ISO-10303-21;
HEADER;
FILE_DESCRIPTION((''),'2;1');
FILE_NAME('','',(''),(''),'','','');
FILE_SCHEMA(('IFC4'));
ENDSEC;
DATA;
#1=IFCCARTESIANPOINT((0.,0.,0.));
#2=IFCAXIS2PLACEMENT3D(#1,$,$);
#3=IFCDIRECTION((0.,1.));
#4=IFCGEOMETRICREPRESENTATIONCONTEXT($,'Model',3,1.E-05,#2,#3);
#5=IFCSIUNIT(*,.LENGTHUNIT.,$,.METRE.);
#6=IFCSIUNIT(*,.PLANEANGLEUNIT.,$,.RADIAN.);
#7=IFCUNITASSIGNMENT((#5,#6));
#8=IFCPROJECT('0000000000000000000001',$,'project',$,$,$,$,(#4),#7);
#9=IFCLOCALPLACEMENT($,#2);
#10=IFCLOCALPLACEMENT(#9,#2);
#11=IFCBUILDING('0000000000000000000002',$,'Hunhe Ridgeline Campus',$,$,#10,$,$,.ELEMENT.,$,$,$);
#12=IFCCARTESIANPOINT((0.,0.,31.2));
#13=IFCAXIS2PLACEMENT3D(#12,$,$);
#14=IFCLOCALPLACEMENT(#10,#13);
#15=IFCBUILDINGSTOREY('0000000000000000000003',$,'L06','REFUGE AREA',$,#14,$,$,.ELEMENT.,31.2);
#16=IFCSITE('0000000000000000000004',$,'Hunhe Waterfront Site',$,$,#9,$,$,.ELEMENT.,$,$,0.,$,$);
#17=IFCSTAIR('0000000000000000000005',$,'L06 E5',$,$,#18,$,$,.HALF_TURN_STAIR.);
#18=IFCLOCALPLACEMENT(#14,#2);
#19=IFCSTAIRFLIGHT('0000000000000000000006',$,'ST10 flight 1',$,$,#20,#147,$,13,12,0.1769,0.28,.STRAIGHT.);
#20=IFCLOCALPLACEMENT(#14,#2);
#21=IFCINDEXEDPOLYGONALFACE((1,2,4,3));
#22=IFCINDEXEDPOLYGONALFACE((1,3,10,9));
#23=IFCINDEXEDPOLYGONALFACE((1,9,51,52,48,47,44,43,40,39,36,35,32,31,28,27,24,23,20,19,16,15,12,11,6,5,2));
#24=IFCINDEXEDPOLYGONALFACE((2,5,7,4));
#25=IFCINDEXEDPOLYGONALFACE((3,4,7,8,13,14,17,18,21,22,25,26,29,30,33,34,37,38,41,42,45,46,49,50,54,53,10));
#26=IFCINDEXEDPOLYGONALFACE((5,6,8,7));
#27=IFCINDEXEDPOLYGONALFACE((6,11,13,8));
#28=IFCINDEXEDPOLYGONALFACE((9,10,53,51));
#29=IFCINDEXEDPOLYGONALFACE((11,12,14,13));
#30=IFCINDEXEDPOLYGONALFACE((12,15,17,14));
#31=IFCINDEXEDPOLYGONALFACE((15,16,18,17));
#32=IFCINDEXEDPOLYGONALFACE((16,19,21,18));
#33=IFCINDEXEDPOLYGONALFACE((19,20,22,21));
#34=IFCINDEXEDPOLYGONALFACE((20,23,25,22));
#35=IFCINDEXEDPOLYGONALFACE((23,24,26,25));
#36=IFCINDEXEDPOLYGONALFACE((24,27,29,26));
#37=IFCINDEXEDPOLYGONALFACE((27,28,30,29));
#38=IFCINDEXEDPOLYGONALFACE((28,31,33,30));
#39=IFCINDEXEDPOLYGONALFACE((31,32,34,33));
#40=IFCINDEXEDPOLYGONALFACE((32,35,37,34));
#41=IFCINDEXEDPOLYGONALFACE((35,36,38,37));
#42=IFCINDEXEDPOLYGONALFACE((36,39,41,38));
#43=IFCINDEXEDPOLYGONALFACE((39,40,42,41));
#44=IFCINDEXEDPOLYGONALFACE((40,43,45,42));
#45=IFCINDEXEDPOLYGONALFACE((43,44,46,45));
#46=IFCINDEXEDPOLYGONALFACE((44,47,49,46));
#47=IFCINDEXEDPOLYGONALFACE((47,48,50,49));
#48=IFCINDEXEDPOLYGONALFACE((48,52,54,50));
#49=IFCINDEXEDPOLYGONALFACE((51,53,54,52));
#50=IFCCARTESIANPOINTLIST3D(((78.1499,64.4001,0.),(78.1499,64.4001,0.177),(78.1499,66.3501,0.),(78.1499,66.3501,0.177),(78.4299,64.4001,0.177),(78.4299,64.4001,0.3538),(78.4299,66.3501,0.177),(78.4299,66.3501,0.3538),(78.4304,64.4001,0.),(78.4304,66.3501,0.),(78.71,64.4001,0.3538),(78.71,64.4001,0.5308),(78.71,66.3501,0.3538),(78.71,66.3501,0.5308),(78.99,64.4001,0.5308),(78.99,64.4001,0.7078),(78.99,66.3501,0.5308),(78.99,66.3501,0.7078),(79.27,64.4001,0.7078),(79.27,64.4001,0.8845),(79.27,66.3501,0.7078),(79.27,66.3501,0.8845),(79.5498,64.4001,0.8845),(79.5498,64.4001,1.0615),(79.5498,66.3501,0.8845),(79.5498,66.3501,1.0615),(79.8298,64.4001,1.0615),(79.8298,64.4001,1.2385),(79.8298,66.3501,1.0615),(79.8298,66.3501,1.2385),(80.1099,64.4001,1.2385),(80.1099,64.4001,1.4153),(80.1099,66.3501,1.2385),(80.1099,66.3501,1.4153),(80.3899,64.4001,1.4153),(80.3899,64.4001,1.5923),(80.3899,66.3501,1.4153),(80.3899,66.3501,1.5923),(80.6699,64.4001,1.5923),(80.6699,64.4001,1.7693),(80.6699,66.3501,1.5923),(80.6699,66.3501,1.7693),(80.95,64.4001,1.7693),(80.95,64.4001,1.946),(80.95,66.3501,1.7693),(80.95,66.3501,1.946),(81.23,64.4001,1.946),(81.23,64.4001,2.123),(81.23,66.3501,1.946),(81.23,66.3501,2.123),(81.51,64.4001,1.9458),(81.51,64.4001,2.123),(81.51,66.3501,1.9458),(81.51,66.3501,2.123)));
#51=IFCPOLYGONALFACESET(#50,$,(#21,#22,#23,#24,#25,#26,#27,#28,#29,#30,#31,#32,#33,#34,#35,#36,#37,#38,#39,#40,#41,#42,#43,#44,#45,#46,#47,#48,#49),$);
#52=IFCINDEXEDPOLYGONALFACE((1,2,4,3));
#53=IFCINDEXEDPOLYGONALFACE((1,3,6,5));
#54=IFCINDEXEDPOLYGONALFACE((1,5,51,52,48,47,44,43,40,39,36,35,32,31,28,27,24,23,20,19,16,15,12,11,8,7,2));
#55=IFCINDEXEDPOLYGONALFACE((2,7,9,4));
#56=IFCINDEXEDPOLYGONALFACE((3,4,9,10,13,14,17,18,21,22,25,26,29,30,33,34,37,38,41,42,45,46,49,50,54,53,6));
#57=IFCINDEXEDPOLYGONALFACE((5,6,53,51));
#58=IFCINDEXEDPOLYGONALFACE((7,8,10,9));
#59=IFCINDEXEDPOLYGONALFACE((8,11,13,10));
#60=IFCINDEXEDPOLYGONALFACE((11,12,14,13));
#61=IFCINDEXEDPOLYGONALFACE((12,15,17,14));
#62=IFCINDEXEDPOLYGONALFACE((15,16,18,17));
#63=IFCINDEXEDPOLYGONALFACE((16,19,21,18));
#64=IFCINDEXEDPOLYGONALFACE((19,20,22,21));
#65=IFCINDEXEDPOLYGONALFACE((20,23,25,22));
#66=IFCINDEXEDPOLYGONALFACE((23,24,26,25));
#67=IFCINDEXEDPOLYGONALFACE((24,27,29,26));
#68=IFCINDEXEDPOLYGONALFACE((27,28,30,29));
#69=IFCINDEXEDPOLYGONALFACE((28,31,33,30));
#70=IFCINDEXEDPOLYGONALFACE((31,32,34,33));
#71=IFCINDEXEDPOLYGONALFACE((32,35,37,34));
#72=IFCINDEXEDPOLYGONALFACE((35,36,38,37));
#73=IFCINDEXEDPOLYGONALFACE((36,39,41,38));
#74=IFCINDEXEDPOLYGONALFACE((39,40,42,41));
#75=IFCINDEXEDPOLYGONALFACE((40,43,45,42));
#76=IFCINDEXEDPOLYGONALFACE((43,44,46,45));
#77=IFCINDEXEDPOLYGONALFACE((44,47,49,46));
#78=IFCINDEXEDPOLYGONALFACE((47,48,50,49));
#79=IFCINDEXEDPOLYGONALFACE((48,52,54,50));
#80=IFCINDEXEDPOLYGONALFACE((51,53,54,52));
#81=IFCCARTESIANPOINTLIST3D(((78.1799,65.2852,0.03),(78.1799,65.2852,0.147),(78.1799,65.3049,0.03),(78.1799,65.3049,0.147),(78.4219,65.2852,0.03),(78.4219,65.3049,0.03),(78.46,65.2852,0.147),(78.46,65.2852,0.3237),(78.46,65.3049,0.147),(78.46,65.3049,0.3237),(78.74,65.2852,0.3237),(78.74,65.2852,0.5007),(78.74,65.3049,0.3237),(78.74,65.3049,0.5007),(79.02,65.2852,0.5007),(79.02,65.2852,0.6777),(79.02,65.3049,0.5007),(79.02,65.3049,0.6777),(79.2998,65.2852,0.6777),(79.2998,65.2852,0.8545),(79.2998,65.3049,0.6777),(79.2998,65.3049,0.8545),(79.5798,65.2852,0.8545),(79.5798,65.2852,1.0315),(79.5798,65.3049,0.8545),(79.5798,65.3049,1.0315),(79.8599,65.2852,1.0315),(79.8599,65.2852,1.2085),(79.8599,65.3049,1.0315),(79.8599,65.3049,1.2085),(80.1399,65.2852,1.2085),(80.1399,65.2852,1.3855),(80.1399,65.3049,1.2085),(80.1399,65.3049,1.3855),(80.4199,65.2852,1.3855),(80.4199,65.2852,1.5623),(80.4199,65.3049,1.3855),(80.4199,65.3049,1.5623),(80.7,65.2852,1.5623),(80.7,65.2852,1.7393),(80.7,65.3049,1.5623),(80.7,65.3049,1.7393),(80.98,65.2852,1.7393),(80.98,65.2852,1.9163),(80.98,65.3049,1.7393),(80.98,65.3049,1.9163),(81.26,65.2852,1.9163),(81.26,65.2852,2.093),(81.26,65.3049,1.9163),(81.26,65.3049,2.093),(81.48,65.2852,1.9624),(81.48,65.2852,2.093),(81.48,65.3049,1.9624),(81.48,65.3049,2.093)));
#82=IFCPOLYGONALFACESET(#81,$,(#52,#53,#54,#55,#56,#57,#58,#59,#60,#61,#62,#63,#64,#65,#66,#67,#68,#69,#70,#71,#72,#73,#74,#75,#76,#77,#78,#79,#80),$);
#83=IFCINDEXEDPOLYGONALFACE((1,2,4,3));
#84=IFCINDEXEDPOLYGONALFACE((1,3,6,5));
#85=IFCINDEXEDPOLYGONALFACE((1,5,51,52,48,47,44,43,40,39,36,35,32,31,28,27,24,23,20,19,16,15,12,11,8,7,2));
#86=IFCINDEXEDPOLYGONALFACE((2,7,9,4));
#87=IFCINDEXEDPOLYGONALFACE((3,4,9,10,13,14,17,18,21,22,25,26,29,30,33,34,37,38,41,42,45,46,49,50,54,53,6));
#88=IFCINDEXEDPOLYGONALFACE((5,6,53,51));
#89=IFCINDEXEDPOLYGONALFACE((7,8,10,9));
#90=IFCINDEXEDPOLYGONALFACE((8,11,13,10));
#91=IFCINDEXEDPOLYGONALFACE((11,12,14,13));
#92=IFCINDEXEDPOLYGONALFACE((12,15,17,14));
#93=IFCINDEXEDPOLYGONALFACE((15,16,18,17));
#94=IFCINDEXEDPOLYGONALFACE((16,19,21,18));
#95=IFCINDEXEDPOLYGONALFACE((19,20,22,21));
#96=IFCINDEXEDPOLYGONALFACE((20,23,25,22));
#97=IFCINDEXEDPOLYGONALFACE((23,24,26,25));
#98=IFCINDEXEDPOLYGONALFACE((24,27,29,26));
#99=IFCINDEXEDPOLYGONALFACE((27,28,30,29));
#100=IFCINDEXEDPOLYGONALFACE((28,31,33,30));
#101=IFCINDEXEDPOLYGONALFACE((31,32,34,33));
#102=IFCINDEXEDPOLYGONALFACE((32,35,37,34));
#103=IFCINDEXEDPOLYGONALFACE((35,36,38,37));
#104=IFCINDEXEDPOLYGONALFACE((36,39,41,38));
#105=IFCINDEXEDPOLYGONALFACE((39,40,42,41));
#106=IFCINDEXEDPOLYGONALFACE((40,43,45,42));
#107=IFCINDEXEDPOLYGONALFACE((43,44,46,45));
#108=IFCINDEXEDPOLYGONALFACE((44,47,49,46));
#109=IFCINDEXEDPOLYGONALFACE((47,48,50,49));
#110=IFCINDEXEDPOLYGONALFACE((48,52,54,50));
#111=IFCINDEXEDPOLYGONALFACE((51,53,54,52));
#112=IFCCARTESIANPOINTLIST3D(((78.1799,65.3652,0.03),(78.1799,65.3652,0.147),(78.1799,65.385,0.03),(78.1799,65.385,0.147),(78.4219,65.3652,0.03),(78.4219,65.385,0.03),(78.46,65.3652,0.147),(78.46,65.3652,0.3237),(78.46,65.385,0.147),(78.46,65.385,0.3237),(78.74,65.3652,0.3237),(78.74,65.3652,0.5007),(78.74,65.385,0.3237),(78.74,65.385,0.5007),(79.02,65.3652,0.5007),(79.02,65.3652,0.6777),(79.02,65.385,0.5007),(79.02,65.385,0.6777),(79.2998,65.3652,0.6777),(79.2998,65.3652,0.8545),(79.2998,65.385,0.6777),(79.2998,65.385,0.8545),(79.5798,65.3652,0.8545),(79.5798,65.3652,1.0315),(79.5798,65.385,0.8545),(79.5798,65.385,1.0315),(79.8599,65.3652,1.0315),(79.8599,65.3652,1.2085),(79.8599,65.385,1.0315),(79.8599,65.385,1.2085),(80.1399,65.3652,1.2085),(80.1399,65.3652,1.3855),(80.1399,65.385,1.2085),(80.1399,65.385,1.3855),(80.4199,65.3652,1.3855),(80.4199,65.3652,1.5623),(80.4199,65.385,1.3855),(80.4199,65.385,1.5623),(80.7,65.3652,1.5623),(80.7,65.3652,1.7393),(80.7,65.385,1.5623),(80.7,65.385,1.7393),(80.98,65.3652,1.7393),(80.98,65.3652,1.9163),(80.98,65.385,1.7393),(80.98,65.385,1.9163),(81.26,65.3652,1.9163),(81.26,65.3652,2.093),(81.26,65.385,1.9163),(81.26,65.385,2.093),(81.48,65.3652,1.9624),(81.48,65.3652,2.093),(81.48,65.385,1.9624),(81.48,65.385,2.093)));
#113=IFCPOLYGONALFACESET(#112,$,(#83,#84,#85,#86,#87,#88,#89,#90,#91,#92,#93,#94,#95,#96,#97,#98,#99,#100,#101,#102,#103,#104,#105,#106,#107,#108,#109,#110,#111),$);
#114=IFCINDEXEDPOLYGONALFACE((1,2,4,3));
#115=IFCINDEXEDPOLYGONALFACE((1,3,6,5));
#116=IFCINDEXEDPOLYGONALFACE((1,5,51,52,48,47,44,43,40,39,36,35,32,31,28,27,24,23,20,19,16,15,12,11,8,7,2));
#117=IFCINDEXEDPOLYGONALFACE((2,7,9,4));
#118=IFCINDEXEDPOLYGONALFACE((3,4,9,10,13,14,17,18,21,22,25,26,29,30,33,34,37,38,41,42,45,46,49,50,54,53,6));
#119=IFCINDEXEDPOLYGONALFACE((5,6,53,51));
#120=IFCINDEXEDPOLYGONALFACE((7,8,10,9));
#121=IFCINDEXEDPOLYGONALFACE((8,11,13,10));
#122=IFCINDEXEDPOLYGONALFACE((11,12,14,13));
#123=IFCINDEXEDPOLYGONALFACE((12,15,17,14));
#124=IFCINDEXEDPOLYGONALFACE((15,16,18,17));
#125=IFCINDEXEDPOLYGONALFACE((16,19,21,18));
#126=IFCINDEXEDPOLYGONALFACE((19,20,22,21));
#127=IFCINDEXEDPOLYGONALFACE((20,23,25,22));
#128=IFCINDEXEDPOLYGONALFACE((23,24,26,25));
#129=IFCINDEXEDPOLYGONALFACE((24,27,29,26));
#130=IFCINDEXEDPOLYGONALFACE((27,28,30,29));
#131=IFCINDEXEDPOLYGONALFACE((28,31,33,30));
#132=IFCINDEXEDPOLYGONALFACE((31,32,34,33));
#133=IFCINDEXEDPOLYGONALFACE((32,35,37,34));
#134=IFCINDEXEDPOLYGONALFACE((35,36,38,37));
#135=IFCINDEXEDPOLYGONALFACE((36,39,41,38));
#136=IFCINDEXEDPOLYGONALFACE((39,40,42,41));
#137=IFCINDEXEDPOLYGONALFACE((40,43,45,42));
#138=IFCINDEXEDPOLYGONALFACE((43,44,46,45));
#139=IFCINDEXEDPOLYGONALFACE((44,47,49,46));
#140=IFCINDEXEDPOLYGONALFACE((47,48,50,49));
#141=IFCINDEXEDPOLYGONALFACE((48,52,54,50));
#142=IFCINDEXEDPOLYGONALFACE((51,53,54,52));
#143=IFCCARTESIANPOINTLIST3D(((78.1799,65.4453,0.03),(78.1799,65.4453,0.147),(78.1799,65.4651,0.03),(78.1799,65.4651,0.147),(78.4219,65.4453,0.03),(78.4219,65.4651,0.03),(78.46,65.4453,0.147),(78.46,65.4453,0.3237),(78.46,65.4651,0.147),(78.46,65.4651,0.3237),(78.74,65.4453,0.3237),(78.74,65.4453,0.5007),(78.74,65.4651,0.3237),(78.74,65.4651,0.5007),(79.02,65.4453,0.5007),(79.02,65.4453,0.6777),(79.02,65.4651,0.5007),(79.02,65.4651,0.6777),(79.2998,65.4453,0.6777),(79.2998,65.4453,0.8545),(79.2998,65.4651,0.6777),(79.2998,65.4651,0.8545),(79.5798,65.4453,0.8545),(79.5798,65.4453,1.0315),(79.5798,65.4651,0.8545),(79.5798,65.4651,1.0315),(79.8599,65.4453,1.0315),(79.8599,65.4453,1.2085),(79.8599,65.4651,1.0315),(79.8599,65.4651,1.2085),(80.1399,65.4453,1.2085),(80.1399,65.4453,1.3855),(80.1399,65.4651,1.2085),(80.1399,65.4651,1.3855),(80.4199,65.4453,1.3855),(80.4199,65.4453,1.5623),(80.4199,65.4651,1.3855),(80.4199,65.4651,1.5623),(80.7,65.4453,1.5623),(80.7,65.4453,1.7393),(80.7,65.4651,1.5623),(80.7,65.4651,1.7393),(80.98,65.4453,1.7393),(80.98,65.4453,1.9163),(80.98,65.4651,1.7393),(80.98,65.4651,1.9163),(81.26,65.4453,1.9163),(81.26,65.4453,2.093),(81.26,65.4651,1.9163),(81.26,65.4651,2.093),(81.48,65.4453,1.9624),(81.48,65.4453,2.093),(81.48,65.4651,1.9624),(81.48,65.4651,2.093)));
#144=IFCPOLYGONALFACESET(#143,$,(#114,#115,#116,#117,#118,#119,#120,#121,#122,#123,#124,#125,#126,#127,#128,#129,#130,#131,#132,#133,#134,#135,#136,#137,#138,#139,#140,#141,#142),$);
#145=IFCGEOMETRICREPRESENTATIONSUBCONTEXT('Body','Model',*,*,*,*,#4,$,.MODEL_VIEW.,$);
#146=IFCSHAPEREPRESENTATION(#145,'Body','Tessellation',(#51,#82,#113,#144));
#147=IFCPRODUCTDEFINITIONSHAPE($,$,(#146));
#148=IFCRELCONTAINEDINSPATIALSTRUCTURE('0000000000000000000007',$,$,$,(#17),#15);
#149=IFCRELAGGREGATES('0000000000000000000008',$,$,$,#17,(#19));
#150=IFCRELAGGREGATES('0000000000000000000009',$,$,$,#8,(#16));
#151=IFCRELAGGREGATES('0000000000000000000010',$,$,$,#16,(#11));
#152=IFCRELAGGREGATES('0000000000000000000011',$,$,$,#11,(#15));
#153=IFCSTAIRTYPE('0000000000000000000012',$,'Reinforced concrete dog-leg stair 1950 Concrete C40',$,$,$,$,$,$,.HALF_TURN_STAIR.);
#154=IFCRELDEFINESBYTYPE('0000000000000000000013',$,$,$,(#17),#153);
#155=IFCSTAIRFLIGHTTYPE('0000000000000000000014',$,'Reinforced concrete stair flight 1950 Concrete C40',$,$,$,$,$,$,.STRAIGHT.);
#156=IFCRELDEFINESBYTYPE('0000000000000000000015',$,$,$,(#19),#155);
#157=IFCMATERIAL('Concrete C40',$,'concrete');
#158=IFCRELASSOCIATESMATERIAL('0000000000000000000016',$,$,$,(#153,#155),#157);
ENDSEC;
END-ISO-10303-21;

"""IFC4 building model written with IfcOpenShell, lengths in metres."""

from ifc_helpers import new_model, si_unit, direction, frame, origin, place, context, subcontext, project, spatial, polyline, outline, extrude, material, type_object, element, aggregate, save


model = new_model("IFC4")

# Units and contexts
model_context = context("Model", 3, precision=1e-05, world=origin(), true_north=direction((0.0, 1.0)))
body_context = subcontext(model_context, "Body", "Model", "MODEL_VIEW")
ifc_project = project(units=[si_unit("LENGTHUNIT", "METRE"), si_unit("PLANEANGLEUNIT", "RADIAN")], contexts=[model_context])

# Site, building, storey
site_placement = place(None, origin())
site = spatial("IfcSite", under=ifc_project, at=site_placement, Name="Hunhe Waterfront Site", CompositionType="ELEMENT", RefElevation=0.0)
building_placement = place(site_placement, origin())
building = spatial("IfcBuilding", under=site, at=building_placement, Name="Hunhe Ridgeline Campus", CompositionType="ELEMENT")
storey_placement = place(building_placement, frame((0.0, 0.0, 31.2)))
storey = spatial("IfcBuildingStorey", under=building, at=storey_placement, Name="L06", Description="REFUGE AREA", CompositionType="ELEMENT", Elevation=31.2)

# Stair, stair flight
ifc_material_1 = material(Name="Concrete C40", Category="concrete")
stair_type = type_object("IfcStairType", Name="Reinforced concrete dog-leg stair 1950 Concrete C40", PredefinedType="HALF_TURN_STAIR", material=ifc_material_1)
stair_placement = place(storey_placement, origin())
stair = element("IfcStair", 1, at=stair_placement, inside=storey, type_object=stair_type, Name="L06 E5", PredefinedType="HALF_TURN_STAIR")
stair_flight_type = type_object("IfcStairFlightType", Name="Reinforced concrete stair flight 1950 Concrete C40", PredefinedType="STRAIGHT", material=ifc_material_1)
stair_flight_placement = place(storey_placement, frame((78.1499, 65.375, 0.0), z_axis=(0.0, 0.0, 1.0), x_axis=(1.0, 0.0, 0.0)))
stair_flight = element("IfcStairFlight", 2, at=stair_flight_placement, type_object=stair_flight_type, Name="ST10 flight 1", NumberOfRisers=13, NumberOfTreads=12, PredefinedType="STRAIGHT", RiserHeight=0.1769, TreadLength=0.28, context=body_context, shape_type="SweptSolid", body=[
    extrude(outline(polyline([(0.0, 0.0), (0.0, 0.177), (0.28, 0.177), (0.28, 0.3538), (0.5601, 0.3538), (0.5601, 0.5308), (0.8401, 0.5308), (0.8401, 0.7078), (1.1201, 0.7078), (1.1201, 0.8845), (1.3999, 0.8845), (1.3999, 1.0615), (1.6799, 1.0615), (1.6799, 1.2385), (1.96, 1.2385), (1.96, 1.4153), (2.24, 1.4153), (2.24, 1.5923), (2.52, 1.5923), (2.52, 1.7693), (2.8, 1.7693), (2.8, 1.946), (3.0801, 1.946), (3.0801, 2.123), (3.3601, 2.123), (3.3601, 2.3), (3.3601, 1.9458), (0.2805, 0.0), (0.0, 0.0)])), frame((0.0, 0.9751, 0.0), z_axis=(0.0, -1.0, 0.0), x_axis=(1.0, 0.0, 0.0)), (0.0, 0.0, 1.0), 1.95),
    extrude(outline(polyline([(0.03, 0.03), (0.03, 0.147), (0.3101, 0.147), (0.3101, 0.3237), (0.5901, 0.3237), (0.5901, 0.5007), (0.8701, 0.5007), (0.8701, 0.6777), (1.1499, 0.6777), (1.1499, 0.8545), (1.4299, 0.8545), (1.4299, 1.0315), (1.71, 1.0315), (1.71, 1.2085), (1.99, 1.2085), (1.99, 1.3855), (2.27, 1.3855), (2.27, 1.5623), (2.55, 1.5623), (2.55, 1.7393), (2.8301, 1.7393), (2.8301, 1.9163), (3.1101, 1.9163), (3.1101, 2.093), (3.3301, 2.093), (3.3301, 1.9624), (0.272, 0.03), (0.03, 0.03)])), frame((0.0, -0.0701, 0.0), z_axis=(0.0, -1.0, 0.0), x_axis=(1.0, 0.0, 0.0)), (0.0, 0.0, 1.0), 0.0198),
    extrude(outline(polyline([(0.03, 0.03), (0.03, 0.147), (0.3101, 0.147), (0.3101, 0.3237), (0.5901, 0.3237), (0.5901, 0.5007), (0.8701, 0.5007), (0.8701, 0.6777), (1.1499, 0.6777), (1.1499, 0.8545), (1.4299, 0.8545), (1.4299, 1.0315), (1.71, 1.0315), (1.71, 1.2085), (1.99, 1.2085), (1.99, 1.3855), (2.27, 1.3855), (2.27, 1.5623), (2.55, 1.5623), (2.55, 1.7393), (2.8301, 1.7393), (2.8301, 1.9163), (3.1101, 1.9163), (3.1101, 2.093), (3.3301, 2.093), (3.3301, 1.9624), (0.272, 0.03), (0.03, 0.03)])), frame((0.0, 0.01, 0.0), z_axis=(0.0, -1.0, 0.0), x_axis=(1.0, 0.0, 0.0)), (0.0, 0.0, 1.0), 0.0198),
    extrude(outline(polyline([(0.03, 0.03), (0.03, 0.147), (0.3101, 0.147), (0.3101, 0.3237), (0.5901, 0.3237), (0.5901, 0.5007), (0.8701, 0.5007), (0.8701, 0.6777), (1.1499, 0.6777), (1.1499, 0.8545), (1.4299, 0.8545), (1.4299, 1.0315), (1.71, 1.0315), (1.71, 1.2085), (1.99, 1.2085), (1.99, 1.3855), (2.27, 1.3855), (2.27, 1.5623), (2.55, 1.5623), (2.55, 1.7393), (2.8301, 1.7393), (2.8301, 1.9163), (3.1101, 1.9163), (3.1101, 2.093), (3.3301, 2.093), (3.3301, 1.9624), (0.272, 0.03), (0.03, 0.03)])), frame((0.0, 0.0901, 0.0), z_axis=(0.0, -1.0, 0.0), x_axis=(1.0, 0.0, 0.0)), (0.0, 0.0, 1.0), 0.0198),
])
aggregate(stair, [stair_flight])

save(model, "model.ifc")
